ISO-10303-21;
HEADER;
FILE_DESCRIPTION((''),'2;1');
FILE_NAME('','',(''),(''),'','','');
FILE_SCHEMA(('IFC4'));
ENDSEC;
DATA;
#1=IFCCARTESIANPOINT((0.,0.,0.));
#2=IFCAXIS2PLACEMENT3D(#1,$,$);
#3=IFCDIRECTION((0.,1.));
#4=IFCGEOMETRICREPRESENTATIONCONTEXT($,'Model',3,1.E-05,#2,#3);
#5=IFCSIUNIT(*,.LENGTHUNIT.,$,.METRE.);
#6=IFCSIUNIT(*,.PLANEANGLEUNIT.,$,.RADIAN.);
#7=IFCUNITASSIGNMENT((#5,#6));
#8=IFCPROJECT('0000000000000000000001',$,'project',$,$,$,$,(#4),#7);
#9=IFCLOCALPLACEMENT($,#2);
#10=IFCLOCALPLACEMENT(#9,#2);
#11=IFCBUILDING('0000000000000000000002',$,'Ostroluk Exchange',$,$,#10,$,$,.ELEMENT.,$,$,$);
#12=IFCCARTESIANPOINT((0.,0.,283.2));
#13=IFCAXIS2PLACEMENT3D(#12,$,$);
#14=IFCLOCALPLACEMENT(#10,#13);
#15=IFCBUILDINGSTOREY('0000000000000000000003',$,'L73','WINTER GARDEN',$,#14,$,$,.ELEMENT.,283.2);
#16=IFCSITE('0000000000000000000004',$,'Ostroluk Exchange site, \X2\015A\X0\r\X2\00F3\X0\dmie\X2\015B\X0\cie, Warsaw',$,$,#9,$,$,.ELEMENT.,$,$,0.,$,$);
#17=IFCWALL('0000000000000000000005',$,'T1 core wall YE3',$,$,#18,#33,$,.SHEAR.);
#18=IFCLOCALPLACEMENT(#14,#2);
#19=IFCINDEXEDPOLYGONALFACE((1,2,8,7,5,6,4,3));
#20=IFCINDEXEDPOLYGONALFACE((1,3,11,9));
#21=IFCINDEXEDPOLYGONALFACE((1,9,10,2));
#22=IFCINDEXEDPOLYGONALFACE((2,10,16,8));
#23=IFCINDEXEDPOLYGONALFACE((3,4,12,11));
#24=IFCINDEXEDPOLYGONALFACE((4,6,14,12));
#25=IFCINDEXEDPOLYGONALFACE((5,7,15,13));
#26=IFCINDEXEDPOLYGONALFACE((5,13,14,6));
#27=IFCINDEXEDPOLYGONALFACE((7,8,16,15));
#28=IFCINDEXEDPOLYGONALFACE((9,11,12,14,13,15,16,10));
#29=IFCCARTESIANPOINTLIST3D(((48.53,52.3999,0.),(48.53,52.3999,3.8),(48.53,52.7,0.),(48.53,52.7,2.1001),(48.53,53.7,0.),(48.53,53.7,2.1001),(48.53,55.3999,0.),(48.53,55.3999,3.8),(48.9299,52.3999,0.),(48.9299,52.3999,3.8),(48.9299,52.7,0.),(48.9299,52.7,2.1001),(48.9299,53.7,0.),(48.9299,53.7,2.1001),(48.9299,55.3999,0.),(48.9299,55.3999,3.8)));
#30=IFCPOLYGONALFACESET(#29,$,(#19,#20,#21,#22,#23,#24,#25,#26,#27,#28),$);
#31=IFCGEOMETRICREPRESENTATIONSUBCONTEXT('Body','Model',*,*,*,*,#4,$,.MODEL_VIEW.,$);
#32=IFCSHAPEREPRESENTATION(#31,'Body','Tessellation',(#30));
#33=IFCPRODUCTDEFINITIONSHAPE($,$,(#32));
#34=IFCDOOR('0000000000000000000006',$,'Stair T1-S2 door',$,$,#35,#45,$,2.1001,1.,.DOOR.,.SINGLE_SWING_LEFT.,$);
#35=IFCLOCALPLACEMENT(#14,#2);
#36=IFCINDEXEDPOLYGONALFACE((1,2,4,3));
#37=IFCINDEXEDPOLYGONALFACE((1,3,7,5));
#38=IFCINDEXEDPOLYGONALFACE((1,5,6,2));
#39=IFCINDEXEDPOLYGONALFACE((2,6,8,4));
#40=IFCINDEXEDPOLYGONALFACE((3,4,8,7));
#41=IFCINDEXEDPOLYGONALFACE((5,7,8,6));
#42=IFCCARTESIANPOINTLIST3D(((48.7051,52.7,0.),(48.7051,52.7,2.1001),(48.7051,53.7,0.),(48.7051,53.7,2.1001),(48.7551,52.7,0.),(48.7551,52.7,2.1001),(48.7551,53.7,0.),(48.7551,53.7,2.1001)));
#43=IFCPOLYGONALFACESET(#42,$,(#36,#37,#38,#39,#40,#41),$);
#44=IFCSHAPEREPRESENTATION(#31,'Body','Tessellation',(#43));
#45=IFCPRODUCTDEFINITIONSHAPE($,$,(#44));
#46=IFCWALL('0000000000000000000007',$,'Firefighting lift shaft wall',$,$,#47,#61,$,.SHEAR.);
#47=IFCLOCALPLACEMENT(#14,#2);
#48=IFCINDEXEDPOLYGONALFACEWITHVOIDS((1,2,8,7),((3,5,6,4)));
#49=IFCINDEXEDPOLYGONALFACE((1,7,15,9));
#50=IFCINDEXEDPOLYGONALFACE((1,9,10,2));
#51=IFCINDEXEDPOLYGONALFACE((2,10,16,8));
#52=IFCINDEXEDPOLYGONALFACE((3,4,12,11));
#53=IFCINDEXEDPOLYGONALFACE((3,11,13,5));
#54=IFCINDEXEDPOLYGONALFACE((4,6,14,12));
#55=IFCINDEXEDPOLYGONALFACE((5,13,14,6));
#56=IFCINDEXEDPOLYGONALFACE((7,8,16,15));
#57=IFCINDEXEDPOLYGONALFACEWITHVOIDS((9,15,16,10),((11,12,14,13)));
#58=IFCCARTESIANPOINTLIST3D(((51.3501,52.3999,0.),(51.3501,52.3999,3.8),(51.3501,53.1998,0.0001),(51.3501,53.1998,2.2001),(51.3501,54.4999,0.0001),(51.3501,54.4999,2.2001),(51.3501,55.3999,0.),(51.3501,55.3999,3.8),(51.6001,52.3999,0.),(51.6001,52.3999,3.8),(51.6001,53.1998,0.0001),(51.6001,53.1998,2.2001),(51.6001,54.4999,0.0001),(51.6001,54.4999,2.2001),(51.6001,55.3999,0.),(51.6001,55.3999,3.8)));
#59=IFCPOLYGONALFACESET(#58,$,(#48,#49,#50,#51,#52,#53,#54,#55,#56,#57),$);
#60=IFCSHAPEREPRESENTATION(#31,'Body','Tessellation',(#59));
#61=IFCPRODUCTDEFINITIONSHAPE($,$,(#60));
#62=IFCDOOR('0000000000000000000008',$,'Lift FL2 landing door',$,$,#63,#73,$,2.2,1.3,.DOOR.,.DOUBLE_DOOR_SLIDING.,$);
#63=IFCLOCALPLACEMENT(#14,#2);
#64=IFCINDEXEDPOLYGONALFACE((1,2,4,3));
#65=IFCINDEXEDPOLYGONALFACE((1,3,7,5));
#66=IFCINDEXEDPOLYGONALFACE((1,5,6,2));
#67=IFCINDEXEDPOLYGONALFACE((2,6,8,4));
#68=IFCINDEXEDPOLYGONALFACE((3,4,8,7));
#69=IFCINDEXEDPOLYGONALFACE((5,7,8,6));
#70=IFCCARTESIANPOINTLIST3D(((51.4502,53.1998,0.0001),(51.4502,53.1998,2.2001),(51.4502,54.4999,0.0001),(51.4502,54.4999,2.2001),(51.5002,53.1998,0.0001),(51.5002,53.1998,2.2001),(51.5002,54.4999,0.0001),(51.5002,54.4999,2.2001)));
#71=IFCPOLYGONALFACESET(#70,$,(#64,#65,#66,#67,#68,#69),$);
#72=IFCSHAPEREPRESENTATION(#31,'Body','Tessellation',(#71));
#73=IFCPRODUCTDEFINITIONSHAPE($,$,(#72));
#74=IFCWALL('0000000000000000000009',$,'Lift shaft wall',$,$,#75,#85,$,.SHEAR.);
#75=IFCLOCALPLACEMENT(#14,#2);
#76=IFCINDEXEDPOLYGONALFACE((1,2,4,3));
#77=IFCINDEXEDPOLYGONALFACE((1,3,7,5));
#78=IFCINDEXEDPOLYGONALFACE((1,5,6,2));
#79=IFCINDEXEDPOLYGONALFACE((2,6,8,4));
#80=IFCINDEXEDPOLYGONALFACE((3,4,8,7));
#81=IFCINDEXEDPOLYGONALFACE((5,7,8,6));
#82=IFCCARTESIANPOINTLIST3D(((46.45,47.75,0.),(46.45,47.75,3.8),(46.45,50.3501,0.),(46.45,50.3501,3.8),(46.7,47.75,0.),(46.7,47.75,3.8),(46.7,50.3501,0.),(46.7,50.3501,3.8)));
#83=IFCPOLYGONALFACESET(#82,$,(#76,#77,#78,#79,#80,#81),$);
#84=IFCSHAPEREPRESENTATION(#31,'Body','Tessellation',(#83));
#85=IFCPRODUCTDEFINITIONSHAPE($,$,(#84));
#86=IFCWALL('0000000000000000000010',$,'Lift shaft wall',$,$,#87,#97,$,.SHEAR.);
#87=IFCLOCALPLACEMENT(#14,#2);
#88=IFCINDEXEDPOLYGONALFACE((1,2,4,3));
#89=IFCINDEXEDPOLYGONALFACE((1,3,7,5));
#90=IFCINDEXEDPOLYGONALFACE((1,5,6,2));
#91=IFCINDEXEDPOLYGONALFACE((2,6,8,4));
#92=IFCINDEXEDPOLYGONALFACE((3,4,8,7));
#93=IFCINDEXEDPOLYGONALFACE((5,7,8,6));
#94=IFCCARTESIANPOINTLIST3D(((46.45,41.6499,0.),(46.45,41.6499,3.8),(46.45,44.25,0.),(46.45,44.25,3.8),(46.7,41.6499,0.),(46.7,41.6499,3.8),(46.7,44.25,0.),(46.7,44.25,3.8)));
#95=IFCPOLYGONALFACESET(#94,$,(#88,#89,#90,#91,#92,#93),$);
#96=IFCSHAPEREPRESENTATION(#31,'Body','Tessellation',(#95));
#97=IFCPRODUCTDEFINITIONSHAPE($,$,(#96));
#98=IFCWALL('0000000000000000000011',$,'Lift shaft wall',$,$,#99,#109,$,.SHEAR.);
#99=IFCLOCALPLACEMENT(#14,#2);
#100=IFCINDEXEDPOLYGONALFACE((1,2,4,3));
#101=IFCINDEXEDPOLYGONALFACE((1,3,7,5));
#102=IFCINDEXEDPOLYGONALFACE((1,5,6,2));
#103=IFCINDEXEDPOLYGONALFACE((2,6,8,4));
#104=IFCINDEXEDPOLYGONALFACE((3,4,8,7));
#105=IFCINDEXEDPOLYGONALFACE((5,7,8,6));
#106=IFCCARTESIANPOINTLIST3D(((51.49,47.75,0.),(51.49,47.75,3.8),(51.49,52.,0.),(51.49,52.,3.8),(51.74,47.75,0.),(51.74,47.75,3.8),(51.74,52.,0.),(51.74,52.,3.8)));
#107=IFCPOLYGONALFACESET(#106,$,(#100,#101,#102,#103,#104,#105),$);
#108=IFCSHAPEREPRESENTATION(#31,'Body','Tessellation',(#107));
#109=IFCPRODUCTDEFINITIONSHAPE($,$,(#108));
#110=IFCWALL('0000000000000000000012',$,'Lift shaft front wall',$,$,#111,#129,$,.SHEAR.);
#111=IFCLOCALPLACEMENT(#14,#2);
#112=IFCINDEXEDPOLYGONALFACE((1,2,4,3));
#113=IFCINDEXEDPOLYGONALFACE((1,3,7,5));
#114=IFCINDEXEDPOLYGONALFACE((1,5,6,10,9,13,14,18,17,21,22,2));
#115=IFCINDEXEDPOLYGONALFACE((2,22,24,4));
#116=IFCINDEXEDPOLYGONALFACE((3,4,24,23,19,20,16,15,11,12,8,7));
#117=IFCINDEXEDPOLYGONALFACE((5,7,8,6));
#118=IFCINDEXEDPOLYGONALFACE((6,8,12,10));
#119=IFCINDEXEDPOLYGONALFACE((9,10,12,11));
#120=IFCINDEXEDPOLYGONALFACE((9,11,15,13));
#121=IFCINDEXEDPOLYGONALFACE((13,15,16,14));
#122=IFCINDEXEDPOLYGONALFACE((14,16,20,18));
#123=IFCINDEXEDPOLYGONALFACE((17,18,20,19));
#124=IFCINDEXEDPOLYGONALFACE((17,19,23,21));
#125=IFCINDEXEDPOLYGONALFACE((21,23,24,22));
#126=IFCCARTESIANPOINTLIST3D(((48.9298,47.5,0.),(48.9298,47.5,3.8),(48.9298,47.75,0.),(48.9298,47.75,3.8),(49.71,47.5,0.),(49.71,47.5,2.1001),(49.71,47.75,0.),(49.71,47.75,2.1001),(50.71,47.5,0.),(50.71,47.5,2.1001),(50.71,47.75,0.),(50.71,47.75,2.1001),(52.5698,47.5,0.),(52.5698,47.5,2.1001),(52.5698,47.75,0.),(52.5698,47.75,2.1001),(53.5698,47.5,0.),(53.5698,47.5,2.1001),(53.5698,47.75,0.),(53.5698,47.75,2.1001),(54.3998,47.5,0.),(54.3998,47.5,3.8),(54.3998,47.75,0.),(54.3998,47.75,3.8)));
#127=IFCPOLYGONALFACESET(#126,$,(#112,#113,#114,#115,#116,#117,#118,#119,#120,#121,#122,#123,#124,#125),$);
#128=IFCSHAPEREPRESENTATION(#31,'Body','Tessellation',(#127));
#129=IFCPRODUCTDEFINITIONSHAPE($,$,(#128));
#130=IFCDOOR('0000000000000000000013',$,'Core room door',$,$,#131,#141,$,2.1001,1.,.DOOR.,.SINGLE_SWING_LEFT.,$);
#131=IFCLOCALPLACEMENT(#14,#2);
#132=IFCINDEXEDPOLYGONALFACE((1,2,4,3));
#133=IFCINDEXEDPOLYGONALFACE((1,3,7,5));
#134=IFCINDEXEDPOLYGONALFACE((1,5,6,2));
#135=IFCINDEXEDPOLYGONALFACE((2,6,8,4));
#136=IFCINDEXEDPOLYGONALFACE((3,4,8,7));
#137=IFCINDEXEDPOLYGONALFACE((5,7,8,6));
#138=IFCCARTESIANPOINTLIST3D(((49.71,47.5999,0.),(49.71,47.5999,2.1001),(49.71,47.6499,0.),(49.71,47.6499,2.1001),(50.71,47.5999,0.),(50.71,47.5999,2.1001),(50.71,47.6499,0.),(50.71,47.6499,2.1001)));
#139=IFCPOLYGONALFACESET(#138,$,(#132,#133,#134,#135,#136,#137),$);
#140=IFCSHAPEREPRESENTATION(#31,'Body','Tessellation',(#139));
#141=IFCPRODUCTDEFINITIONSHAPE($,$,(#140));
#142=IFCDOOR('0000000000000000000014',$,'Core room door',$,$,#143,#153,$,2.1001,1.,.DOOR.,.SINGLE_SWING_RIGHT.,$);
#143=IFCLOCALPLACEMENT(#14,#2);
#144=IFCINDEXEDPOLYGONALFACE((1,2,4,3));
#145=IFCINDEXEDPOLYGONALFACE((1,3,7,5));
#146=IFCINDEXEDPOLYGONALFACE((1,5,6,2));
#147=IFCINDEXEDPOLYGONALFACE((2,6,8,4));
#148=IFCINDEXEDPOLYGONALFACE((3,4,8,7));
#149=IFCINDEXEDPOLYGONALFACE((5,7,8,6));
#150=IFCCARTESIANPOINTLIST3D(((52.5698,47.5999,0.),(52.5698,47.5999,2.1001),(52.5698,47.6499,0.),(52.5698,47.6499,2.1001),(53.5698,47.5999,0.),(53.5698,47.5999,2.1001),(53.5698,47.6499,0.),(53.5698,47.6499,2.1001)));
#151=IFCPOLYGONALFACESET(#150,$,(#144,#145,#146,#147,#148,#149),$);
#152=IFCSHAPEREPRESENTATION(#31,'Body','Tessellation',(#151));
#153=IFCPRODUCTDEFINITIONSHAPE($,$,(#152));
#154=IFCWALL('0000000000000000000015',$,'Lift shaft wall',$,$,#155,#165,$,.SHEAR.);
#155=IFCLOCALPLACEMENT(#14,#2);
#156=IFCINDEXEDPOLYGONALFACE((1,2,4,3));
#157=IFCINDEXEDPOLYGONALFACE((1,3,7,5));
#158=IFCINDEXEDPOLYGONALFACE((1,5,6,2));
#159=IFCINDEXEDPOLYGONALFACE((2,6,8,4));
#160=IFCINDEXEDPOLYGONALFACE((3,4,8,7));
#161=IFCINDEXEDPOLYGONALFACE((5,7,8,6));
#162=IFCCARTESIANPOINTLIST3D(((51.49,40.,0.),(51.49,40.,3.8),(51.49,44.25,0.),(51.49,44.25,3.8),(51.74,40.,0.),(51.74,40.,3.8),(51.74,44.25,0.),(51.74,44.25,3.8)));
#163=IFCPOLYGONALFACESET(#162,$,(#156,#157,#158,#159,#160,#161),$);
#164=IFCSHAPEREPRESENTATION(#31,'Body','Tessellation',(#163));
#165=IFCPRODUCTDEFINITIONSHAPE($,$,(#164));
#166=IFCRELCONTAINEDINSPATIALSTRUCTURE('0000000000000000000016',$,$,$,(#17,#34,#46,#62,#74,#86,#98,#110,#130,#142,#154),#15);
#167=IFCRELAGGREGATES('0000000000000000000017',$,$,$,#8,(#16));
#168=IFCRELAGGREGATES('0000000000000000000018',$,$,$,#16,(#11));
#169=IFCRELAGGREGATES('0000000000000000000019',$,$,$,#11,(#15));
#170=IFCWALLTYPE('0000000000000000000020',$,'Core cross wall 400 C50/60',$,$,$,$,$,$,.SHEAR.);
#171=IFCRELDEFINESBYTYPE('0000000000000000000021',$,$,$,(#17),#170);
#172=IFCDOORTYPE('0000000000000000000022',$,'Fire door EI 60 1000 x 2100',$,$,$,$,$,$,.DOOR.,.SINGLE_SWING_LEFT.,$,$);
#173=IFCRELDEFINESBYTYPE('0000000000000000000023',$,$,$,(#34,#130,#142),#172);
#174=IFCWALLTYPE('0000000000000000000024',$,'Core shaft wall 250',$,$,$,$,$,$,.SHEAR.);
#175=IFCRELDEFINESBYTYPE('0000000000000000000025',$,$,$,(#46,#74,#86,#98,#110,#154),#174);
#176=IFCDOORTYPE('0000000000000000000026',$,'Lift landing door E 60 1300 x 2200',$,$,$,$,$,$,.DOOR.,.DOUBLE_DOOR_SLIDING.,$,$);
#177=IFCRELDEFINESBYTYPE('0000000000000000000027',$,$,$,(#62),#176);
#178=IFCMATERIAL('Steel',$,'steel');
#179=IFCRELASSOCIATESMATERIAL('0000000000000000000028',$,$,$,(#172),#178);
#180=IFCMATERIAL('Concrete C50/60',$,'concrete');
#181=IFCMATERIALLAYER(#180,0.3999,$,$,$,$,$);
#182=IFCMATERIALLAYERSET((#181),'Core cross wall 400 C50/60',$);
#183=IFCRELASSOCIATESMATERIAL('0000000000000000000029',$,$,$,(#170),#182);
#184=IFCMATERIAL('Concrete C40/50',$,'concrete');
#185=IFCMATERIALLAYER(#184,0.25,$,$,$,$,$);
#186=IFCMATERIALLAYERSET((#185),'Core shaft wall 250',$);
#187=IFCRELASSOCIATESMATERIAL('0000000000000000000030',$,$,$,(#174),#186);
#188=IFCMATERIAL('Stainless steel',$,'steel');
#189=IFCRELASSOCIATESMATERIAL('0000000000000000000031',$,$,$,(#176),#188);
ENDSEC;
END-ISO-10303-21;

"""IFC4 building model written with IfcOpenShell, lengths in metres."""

from ifc_helpers import new_model, si_unit, direction, frame, frame_2d, origin, place, context, subcontext, project, spatial, rectangle, extrude, material, layer, layer_set, type_object, element, fill, save


model = new_model("IFC4")

# Units and contexts
model_context = context("Model", 3, precision=1e-05, world=origin(), true_north=direction((0.0, 1.0)))
body_context = subcontext(model_context, "Body", "Model", "MODEL_VIEW")
ifc_project = project(units=[si_unit("LENGTHUNIT", "METRE"), si_unit("PLANEANGLEUNIT", "RADIAN")], contexts=[model_context])

# Site, building, storey
site_placement = place(None, origin())
site = spatial("IfcSite", under=ifc_project, at=site_placement, Name="Ostroluk Exchange site, Śródmieście, Warsaw", CompositionType="ELEMENT", RefElevation=0.0)
building_placement = place(site_placement, origin())
building = spatial("IfcBuilding", under=site, at=building_placement, Name="Ostroluk Exchange", CompositionType="ELEMENT")
storey_placement = place(building_placement, frame((0.0, 0.0, 283.2)))
storey = spatial("IfcBuildingStorey", under=building, at=storey_placement, Name="L73", Description="WINTER GARDEN", CompositionType="ELEMENT", Elevation=283.2)

# Walls, openings, doors
ifc_material_1 = material(Name="Steel", Category="steel")
door_type_1 = type_object("IfcDoorType", Name="Fire door EI 60 1000 x 2100", OperationType="SINGLE_SWING_LEFT", PredefinedType="DOOR", material=ifc_material_1)
ifc_material_2 = material(Name="Concrete C50/60", Category="concrete")
ifc_layer_1 = layer(ifc_material_2, 0.3999)
ifc_layer_set_1 = layer_set([ifc_layer_1], Name="Core cross wall 400 C50/60")
wall_type_1 = type_object("IfcWallType", Name="Core cross wall 400 C50/60", PredefinedType="SHEAR", material=ifc_layer_set_1)
wall_1_placement = place(storey_placement, frame((48.73, 52.3999, 0.0), z_axis=(0.0, 0.0, 1.0), x_axis=(0.0, 1.0, 0.0)))
wall_1 = element("IfcWall", 1, at=wall_1_placement, inside=storey, type_object=wall_type_1, Name="T1 core wall YE3", PredefinedType="SHEAR", context=body_context, shape_type="SweptSolid", body=[
    extrude(rectangle(XDim=3.0, YDim=0.3999, at=frame_2d((1.5, 0.0))), origin(), (0.0, 0.0, 1.0), 3.8),
])
opening_1_placement = place(wall_1_placement, frame((0.3, 0.0, 0.0)))
opening_1 = element("IfcOpeningElement", 2, at=opening_1_placement, cuts=wall_1, PredefinedType="OPENING", context=body_context, shape_type="SweptSolid", body=[
    extrude(rectangle(XDim=1.0, YDim=2.1001, at=frame_2d((0.5, 1.05))), frame((0.0, 0.21, 0.0), z_axis=(0.0, -1.0, 0.0), x_axis=(1.0, 0.0, 0.0)), (0.0, 0.0, 1.0), 0.4199),
])
door_1_placement = place(opening_1_placement, origin())
door_1 = element("IfcDoor", 3, at=door_1_placement, inside=storey, type_object=door_type_1, Name="Stair T1-S2 door", OperationType="SINGLE_SWING_LEFT", OverallHeight=2.1001, OverallWidth=1.0, PredefinedType="DOOR", context=body_context, shape_type="SweptSolid", body=[
    extrude(rectangle(XDim=1.0, YDim=2.1001, at=frame_2d((0.5, 1.05))), frame((0.0, 0.0249, 0.0), z_axis=(0.0, -1.0, 0.0), x_axis=(1.0, 0.0, 0.0)), (0.0, 0.0, 1.0), 0.05),
])
fill(opening_1, door_1)
ifc_material_3 = material(Name="Concrete C40/50", Category="concrete")
ifc_layer_2 = layer(ifc_material_3, 0.25)
ifc_layer_set_2 = layer_set([ifc_layer_2], Name="Core shaft wall 250")
wall_type_2 = type_object("IfcWallType", Name="Core shaft wall 250", PredefinedType="SHEAR", material=ifc_layer_set_2)
wall_2_placement = place(storey_placement, frame((51.4751, 52.3999, 0.0), z_axis=(0.0, 0.0, 1.0), x_axis=(0.0, 1.0, 0.0)))
wall_2 = element("IfcWall", 4, at=wall_2_placement, inside=storey, type_object=wall_type_2, Name="Firefighting lift shaft wall", PredefinedType="SHEAR", context=body_context, shape_type="SweptSolid", body=[
    extrude(rectangle(XDim=3.0, YDim=0.25, at=frame_2d((1.5, 0.0))), origin(), (0.0, 0.0, 1.0), 3.8),
])
opening_2_placement = place(wall_2_placement, frame((0.8, 0.0, 0.0)))
opening_2 = element("IfcOpeningElement", 5, at=opening_2_placement, cuts=wall_2, PredefinedType="OPENING", context=body_context, shape_type="SweptSolid", body=[
    extrude(rectangle(XDim=1.3, YDim=2.2, at=frame_2d((0.6499, 1.1001))), frame((0.0, 0.135, 0.0), z_axis=(0.0, -1.0, 0.0), x_axis=(1.0, 0.0, 0.0)), (0.0, 0.0, 1.0), 0.27),
])
ifc_material_4 = material(Name="Stainless steel", Category="steel")
door_type_2 = type_object("IfcDoorType", Name="Lift landing door E 60 1300 x 2200", OperationType="DOUBLE_DOOR_SLIDING", PredefinedType="DOOR", material=ifc_material_4)
door_2_placement = place(opening_2_placement, origin())
door_2 = element("IfcDoor", 6, at=door_2_placement, inside=storey, type_object=door_type_2, Name="Lift FL2 landing door", OperationType="DOUBLE_DOOR_SLIDING", OverallHeight=2.2, OverallWidth=1.3, PredefinedType="DOOR", context=body_context, shape_type="SweptSolid", body=[
    extrude(rectangle(XDim=1.3, YDim=2.2, at=frame_2d((0.6499, 1.1001))), frame((0.0, 0.0249, 0.0), z_axis=(0.0, -1.0, 0.0), x_axis=(1.0, 0.0, 0.0)), (0.0, 0.0, 1.0), 0.05),
])
fill(opening_2, door_2)

# Walls
for number, where, z_axis, x_axis, name in (
    (7, (46.575, 47.75, 0.0), (0.0, 0.0, 1.0), (0.0, 1.0, 0.0), "Lift shaft wall"),
    (8, (46.575, 44.25, 0.0), (0.0, 0.0, 1.0), (0.0, -1.0, 0.0), "Lift shaft wall"),
):
    element("IfcWall", number, at=place(storey_placement, frame(where, z_axis=z_axis, x_axis=x_axis)), inside=storey, type_object=wall_type_2, Name=name, PredefinedType="SHEAR", context=body_context, shape_type="SweptSolid", body=[
        extrude(rectangle(XDim=2.6001, YDim=0.25, at=frame_2d((1.3, 0.0))), origin(), (0.0, 0.0, 1.0), 3.8),
    ])
wall_3_placement = place(storey_placement, frame((51.615, 47.75, 0.0), z_axis=(0.0, 0.0, 1.0), x_axis=(0.0, 1.0, 0.0)))
element("IfcWall", 9, at=wall_3_placement, inside=storey, type_object=wall_type_2, Name="Lift shaft wall", PredefinedType="SHEAR", context=body_context, shape_type="SweptSolid", body=[
    extrude(rectangle(XDim=4.25, YDim=0.25, at=frame_2d((2.125, 0.0))), origin(), (0.0, 0.0, 1.0), 3.8),
])

# Wall, openings, doors
wall_4_placement = place(storey_placement, frame((48.9299, 47.625, 0.0), z_axis=(0.0, 0.0, 1.0), x_axis=(1.0, 0.0, 0.0)))
wall_4 = element("IfcWall", 10, at=wall_4_placement, inside=storey, type_object=wall_type_2, Name="Lift shaft front wall", PredefinedType="SHEAR", context=body_context, shape_type="SweptSolid", body=[
    extrude(rectangle(XDim=5.47, YDim=0.25, at=frame_2d((2.7349, 0.0))), origin(), (0.0, 0.0, 1.0), 3.8),
])
opening_3_placement = place(wall_4_placement, frame((0.78, 0.0, 0.0)))
opening_3 = element("IfcOpeningElement", 11, at=opening_3_placement, cuts=wall_4, PredefinedType="OPENING", context=body_context, shape_type="SweptSolid", body=[
    extrude(rectangle(XDim=1.0, YDim=2.1001, at=frame_2d((0.5, 1.05))), frame((0.0, 0.135, 0.0), z_axis=(0.0, -1.0, 0.0), x_axis=(1.0, 0.0, 0.0)), (0.0, 0.0, 1.0), 0.27),
])
opening_4_placement = place(wall_4_placement, frame((3.6399, 0.0, 0.0)))
opening_4 = element("IfcOpeningElement", 12, at=opening_4_placement, cuts=wall_4, PredefinedType="OPENING", context=body_context, shape_type="SweptSolid", body=[
    extrude(rectangle(XDim=1.0, YDim=2.1001, at=frame_2d((0.5, 1.05))), frame((0.0, 0.135, 0.0), z_axis=(0.0, -1.0, 0.0), x_axis=(1.0, 0.0, 0.0)), (0.0, 0.0, 1.0), 0.27),
])
door_3_placement = place(opening_3_placement, origin())
door_3 = element("IfcDoor", 13, at=door_3_placement, inside=storey, type_object=door_type_1, Name="Core room door", OperationType="SINGLE_SWING_LEFT", OverallHeight=2.1001, OverallWidth=1.0, PredefinedType="DOOR", context=body_context, shape_type="SweptSolid", body=[
    extrude(rectangle(XDim=1.0, YDim=2.1001, at=frame_2d((0.5, 1.05))), frame((0.0, 0.0249, 0.0), z_axis=(0.0, -1.0, 0.0), x_axis=(1.0, 0.0, 0.0)), (0.0, 0.0, 1.0), 0.05),
])
fill(opening_3, door_3)
door_4_placement = place(opening_4_placement, origin())
door_4 = element("IfcDoor", 14, at=door_4_placement, inside=storey, type_object=door_type_1, Name="Core room door", OperationType="SINGLE_SWING_RIGHT", OverallHeight=2.1001, OverallWidth=1.0, PredefinedType="DOOR", context=body_context, shape_type="SweptSolid", body=[
    extrude(rectangle(XDim=1.0, YDim=2.1001, at=frame_2d((0.5, 1.05))), frame((0.0, 0.0249, 0.0), z_axis=(0.0, -1.0, 0.0), x_axis=(1.0, 0.0, 0.0)), (0.0, 0.0, 1.0), 0.05),
])
fill(opening_4, door_4)

# Wall
wall_5_placement = place(storey_placement, frame((51.615, 44.25, 0.0), z_axis=(0.0, 0.0, 1.0), x_axis=(0.0, -1.0, 0.0)))
element("IfcWall", 15, at=wall_5_placement, inside=storey, type_object=wall_type_2, Name="Lift shaft wall", PredefinedType="SHEAR", context=body_context, shape_type="SweptSolid", body=[
    extrude(rectangle(XDim=4.25, YDim=0.25, at=frame_2d((2.125, 0.0))), origin(), (0.0, 0.0, 1.0), 3.8),
])

save(model, "model.ifc")
